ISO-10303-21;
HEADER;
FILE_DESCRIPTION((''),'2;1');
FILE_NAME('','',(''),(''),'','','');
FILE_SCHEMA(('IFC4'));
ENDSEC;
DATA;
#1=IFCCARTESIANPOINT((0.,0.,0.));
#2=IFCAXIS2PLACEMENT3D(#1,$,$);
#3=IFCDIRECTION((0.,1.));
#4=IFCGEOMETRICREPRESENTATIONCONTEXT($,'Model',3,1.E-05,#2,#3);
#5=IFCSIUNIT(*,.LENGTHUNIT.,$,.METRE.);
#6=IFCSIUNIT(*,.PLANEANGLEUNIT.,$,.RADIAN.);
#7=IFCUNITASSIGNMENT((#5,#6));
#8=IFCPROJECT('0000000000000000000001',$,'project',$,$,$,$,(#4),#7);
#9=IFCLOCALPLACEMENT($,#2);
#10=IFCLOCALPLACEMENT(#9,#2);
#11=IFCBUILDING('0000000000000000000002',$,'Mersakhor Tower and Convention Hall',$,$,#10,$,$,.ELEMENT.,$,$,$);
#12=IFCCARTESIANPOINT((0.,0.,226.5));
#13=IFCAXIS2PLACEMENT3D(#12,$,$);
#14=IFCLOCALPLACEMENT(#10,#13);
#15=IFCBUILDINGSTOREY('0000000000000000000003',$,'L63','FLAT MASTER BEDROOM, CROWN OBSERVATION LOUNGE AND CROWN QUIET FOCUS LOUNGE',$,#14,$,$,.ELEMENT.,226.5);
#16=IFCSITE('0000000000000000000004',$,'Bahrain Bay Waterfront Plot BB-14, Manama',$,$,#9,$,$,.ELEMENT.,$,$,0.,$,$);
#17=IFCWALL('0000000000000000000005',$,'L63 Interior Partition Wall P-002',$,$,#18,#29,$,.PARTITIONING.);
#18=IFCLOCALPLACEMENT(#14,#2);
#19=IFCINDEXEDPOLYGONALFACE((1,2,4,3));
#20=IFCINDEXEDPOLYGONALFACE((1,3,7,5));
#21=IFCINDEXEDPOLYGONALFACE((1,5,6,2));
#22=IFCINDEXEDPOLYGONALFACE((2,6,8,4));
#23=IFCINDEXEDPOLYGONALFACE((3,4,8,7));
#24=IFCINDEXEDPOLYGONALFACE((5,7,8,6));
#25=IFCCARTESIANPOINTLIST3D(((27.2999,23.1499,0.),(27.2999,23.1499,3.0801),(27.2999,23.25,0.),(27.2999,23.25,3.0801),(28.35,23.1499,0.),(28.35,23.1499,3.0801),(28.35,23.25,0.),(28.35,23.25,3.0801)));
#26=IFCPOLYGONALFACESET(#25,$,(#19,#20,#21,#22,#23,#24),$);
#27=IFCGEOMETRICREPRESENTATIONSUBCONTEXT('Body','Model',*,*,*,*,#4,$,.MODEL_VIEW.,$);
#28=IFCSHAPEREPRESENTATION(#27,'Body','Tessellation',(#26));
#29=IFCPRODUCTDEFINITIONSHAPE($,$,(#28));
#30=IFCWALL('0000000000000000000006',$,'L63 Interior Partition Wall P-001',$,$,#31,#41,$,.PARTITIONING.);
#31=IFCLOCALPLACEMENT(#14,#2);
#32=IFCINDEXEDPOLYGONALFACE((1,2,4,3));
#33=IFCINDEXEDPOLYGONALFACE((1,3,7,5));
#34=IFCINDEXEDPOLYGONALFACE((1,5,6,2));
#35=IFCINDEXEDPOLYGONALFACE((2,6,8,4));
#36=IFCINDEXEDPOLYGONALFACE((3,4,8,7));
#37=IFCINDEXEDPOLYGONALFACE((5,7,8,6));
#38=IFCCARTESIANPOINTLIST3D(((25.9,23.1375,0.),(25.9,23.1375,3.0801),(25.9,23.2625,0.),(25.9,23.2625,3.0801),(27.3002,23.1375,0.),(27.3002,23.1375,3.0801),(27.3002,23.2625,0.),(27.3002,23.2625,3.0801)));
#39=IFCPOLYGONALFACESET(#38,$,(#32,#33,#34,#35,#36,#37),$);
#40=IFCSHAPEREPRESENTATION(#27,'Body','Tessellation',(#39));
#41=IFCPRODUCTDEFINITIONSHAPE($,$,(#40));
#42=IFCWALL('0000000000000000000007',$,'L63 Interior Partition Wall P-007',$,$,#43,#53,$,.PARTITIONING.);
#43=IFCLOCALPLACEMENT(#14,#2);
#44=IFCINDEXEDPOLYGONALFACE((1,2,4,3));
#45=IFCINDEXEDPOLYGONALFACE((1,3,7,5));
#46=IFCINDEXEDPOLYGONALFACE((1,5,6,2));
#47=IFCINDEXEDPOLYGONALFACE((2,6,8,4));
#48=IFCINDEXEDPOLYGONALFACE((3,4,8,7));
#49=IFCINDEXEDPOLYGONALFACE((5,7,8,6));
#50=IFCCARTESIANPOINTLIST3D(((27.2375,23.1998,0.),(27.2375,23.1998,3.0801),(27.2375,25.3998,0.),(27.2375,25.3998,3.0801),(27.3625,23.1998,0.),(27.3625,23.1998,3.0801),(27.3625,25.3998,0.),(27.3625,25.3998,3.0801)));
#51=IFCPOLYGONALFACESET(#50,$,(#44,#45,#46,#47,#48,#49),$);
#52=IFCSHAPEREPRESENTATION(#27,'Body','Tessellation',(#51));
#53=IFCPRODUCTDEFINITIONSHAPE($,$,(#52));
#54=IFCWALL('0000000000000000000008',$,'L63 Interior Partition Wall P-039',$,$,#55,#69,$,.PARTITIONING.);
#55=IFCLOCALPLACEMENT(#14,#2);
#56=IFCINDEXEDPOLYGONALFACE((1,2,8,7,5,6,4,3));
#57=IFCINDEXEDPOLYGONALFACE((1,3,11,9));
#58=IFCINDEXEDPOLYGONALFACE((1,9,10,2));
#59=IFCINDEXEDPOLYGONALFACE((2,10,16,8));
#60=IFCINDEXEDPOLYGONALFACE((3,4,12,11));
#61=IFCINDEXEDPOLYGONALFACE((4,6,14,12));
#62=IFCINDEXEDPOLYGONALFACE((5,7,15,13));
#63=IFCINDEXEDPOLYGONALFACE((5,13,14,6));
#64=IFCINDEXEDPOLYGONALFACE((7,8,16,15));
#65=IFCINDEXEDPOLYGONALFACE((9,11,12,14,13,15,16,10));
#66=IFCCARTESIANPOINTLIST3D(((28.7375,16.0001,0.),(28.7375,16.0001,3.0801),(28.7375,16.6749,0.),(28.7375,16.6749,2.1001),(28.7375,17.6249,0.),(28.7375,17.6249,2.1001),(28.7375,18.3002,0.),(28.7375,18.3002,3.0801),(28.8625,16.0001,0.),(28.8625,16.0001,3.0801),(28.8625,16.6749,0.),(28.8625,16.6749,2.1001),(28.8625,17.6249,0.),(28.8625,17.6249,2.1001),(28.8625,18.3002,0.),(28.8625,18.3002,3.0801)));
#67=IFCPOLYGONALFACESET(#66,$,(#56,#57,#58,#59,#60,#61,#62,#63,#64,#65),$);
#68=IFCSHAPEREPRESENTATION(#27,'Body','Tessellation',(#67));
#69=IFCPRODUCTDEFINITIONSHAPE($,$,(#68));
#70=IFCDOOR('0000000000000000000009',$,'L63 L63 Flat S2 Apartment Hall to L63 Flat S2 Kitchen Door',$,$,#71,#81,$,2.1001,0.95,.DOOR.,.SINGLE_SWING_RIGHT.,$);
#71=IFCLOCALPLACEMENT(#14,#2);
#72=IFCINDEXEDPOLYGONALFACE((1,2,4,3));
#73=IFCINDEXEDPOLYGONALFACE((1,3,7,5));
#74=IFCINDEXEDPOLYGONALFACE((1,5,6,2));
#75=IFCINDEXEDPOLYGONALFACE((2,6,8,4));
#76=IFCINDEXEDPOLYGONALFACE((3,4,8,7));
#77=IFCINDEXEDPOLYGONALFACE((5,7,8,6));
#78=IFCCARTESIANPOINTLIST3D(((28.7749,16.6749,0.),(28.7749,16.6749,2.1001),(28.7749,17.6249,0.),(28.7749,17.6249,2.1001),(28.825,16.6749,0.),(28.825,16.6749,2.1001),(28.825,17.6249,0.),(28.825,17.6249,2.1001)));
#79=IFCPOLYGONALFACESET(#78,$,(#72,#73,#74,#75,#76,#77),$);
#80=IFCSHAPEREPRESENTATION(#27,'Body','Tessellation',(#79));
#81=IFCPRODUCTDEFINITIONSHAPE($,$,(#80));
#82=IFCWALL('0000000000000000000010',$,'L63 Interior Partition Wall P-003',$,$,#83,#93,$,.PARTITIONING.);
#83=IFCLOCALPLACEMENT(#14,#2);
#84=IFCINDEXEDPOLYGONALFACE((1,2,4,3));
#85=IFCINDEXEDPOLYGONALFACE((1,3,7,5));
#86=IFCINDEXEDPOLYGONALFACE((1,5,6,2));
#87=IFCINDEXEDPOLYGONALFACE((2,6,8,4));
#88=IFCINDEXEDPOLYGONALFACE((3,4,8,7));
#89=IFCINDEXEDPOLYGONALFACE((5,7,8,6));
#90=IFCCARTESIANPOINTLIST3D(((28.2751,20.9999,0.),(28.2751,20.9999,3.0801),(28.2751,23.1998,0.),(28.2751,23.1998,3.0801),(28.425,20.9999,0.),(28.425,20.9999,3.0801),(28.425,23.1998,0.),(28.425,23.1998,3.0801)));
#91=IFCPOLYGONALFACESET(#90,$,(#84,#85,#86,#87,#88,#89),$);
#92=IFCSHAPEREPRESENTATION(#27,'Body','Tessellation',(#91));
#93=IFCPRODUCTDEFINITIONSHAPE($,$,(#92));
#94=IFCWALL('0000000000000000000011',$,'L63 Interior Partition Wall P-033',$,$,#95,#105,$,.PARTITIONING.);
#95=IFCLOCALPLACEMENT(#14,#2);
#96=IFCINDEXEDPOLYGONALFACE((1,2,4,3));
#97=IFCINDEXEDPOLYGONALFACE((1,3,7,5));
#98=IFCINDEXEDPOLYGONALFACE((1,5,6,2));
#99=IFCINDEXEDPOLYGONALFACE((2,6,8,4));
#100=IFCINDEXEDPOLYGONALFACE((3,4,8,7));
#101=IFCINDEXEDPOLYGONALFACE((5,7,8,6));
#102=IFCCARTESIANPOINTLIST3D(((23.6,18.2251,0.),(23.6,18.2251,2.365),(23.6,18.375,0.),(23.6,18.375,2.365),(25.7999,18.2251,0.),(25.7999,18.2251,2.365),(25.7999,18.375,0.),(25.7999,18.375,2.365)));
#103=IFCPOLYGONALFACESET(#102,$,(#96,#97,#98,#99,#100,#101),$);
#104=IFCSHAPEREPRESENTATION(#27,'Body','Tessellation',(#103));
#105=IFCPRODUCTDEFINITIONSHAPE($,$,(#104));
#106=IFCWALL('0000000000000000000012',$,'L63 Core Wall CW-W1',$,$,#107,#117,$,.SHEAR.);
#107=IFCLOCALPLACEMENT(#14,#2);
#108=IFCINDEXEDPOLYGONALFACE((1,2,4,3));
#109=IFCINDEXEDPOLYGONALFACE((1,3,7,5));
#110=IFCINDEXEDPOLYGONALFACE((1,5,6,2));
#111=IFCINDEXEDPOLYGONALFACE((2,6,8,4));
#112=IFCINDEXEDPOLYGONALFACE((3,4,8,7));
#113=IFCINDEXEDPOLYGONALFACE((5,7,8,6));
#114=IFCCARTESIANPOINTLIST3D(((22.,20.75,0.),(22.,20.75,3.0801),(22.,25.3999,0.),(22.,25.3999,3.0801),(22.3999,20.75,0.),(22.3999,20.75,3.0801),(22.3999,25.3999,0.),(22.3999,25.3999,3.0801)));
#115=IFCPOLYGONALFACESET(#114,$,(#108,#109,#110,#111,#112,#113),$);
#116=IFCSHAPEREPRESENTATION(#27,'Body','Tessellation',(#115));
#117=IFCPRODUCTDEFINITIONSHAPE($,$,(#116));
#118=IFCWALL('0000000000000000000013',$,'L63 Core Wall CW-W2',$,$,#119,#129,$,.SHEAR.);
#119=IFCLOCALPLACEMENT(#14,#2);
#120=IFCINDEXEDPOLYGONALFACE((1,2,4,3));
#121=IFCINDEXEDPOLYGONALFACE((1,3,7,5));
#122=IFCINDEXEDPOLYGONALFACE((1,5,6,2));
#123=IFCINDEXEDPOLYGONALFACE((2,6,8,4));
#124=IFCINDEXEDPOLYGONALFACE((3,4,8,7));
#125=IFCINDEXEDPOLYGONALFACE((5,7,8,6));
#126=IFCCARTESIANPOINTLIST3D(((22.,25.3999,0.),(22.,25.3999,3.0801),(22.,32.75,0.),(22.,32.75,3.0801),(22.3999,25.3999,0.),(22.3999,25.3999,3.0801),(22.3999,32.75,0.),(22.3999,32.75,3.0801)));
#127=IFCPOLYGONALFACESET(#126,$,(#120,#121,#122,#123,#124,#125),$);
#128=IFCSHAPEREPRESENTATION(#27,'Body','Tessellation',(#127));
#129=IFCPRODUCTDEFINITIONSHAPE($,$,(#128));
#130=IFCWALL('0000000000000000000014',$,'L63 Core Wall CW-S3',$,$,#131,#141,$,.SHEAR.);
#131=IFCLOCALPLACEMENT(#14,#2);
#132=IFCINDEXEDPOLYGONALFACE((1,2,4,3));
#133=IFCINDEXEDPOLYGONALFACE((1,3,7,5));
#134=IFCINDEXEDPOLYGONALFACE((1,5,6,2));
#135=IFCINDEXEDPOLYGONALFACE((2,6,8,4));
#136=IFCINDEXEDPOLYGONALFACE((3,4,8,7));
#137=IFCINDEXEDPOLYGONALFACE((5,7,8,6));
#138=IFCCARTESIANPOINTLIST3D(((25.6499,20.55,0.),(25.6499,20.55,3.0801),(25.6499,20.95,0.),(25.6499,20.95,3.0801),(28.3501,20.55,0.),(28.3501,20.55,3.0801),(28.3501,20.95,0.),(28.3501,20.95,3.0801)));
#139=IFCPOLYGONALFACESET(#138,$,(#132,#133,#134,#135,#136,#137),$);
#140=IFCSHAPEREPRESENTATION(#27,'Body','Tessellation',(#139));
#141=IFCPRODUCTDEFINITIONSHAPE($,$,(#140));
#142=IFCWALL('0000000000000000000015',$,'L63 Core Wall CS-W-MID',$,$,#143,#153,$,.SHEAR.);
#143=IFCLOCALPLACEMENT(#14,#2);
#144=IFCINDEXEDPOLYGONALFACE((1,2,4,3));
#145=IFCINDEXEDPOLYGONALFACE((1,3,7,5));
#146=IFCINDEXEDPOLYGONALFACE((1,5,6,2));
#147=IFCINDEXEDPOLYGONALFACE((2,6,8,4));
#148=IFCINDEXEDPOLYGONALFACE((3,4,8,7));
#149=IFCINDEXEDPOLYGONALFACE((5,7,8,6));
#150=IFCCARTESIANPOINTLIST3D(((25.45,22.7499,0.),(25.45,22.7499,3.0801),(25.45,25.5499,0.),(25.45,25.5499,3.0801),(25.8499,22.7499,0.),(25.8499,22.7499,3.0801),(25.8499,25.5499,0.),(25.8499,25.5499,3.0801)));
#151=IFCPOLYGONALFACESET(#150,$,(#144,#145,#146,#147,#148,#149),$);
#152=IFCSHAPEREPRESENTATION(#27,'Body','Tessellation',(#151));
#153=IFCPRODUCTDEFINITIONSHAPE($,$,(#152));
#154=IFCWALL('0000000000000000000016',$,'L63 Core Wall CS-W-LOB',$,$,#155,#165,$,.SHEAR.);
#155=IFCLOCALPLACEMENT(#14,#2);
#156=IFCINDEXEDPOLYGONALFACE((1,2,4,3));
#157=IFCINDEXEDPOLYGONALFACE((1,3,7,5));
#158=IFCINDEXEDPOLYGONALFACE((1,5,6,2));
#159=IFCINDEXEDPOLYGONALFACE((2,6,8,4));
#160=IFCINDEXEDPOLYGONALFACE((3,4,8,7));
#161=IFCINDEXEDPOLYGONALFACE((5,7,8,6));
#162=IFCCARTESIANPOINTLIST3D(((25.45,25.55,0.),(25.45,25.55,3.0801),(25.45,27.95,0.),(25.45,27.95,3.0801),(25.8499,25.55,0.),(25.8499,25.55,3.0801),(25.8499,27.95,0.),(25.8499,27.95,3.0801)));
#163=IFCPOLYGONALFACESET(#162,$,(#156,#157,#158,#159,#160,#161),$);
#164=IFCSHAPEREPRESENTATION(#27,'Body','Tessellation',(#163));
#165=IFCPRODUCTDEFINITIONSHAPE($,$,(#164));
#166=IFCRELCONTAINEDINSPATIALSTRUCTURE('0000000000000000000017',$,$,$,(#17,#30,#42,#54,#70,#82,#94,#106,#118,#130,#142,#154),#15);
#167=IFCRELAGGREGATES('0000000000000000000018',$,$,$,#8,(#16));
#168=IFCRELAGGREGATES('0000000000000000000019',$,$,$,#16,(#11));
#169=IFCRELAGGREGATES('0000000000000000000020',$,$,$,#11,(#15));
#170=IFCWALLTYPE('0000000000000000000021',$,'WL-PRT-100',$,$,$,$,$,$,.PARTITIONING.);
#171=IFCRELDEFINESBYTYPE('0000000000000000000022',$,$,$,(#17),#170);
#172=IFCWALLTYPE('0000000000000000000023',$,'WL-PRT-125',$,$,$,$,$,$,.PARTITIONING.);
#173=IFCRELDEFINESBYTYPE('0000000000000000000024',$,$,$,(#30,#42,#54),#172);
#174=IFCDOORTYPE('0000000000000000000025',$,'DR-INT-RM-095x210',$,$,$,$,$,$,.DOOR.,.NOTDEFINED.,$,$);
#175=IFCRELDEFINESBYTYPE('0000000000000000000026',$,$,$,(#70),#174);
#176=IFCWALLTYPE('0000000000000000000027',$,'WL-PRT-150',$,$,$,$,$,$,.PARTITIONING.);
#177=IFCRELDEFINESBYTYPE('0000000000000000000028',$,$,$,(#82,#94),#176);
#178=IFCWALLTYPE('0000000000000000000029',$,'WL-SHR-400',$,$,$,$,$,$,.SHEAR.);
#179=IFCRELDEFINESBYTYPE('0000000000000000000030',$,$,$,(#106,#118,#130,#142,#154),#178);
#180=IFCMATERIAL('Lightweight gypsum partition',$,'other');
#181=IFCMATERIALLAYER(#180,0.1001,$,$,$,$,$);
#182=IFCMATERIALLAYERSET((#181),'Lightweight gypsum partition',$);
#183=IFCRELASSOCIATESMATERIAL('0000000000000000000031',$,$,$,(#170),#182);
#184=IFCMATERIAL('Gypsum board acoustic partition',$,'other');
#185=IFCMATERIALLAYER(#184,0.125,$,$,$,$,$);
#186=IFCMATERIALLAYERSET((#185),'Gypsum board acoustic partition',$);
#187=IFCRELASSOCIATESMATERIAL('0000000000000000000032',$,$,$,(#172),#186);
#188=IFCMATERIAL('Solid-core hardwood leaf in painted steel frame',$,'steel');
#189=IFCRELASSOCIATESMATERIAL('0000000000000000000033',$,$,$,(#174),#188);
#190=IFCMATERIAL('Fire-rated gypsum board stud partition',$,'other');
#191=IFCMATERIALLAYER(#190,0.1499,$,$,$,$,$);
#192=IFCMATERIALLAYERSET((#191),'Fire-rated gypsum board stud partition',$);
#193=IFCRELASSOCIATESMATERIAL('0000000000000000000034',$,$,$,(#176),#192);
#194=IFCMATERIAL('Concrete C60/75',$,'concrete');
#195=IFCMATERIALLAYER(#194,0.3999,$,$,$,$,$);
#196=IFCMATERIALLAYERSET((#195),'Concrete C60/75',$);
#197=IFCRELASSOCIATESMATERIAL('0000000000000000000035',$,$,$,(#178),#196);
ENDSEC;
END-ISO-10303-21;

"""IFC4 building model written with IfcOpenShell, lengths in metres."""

from ifc_helpers import new_model, si_unit, direction, frame, frame_2d, origin, place, context, subcontext, project, spatial, rectangle, extrude, material, layer, layer_set, type_object, element, fill, save


model = new_model("IFC4")

# Units and contexts
model_context = context("Model", 3, precision=1e-05, world=origin(), true_north=direction((0.0, 1.0)))
body_context = subcontext(model_context, "Body", "Model", "MODEL_VIEW")
ifc_project = project(units=[si_unit("LENGTHUNIT", "METRE"), si_unit("PLANEANGLEUNIT", "RADIAN")], contexts=[model_context])

# Site, building, storey
site_placement = place(None, origin())
site = spatial("IfcSite", under=ifc_project, at=site_placement, Name="Bahrain Bay Waterfront Plot BB-14, Manama", CompositionType="ELEMENT", RefElevation=0.0)
building_placement = place(site_placement, origin())
building = spatial("IfcBuilding", under=site, at=building_placement, Name="Mersakhor Tower and Convention Hall", CompositionType="ELEMENT")
storey_placement = place(building_placement, frame((0.0, 0.0, 226.5)))
storey = spatial("IfcBuildingStorey", under=building, at=storey_placement, Name="L63", Description="FLAT MASTER BEDROOM, CROWN OBSERVATION LOUNGE AND CROWN QUIET FOCUS LOUNGE", CompositionType="ELEMENT", Elevation=226.5)

# Walls
ifc_material_1 = material(Name="Lightweight gypsum partition", Category="other")
ifc_layer_1 = layer(ifc_material_1, 0.1001)
ifc_layer_set_1 = layer_set([ifc_layer_1], Name="Lightweight gypsum partition")
wall_type_1 = type_object("IfcWallType", Name="WL-PRT-100", PredefinedType="PARTITIONING", material=ifc_layer_set_1)
wall_1_placement = place(storey_placement, frame((27.3, 23.2, 0.0), z_axis=(0.0, 0.0, 1.0), x_axis=(1.0, 0.0, 0.0)))
element("IfcWall", 1, at=wall_1_placement, inside=storey, type_object=wall_type_1, Name="L63 Interior Partition Wall P-002", PredefinedType="PARTITIONING", context=body_context, shape_type="SweptSolid", body=[
    extrude(rectangle(XDim=1.05, YDim=0.1001, at=frame_2d((0.5249, 0.0))), origin(), (0.0, 0.0, 1.0), 3.0801),
])
ifc_material_2 = material(Name="Gypsum board acoustic partition", Category="other")
ifc_layer_2 = layer(ifc_material_2, 0.125)
ifc_layer_set_2 = layer_set([ifc_layer_2], Name="Gypsum board acoustic partition")
wall_type_2 = type_object("IfcWallType", Name="WL-PRT-125", PredefinedType="PARTITIONING", material=ifc_layer_set_2)
wall_2_placement = place(storey_placement, frame((25.8999, 23.2, 0.0), z_axis=(0.0, 0.0, 1.0), x_axis=(1.0, 0.0, 0.0)))
element("IfcWall", 2, at=wall_2_placement, inside=storey, type_object=wall_type_2, Name="L63 Interior Partition Wall P-001", PredefinedType="PARTITIONING", context=body_context, shape_type="SweptSolid", body=[
    extrude(rectangle(XDim=1.4001, YDim=0.125, at=frame_2d((0.7002, 0.0))), origin(), (0.0, 0.0, 1.0), 3.0801),
])
wall_3_placement = place(storey_placement, frame((27.3, 25.3999, 0.0), z_axis=(0.0, 0.0, 1.0), x_axis=(0.0, -1.0, 0.0)))
element("IfcWall", 3, at=wall_3_placement, inside=storey, type_object=wall_type_2, Name="L63 Interior Partition Wall P-007", PredefinedType="PARTITIONING", context=body_context, shape_type="SweptSolid", body=[
    extrude(rectangle(XDim=2.2, YDim=0.125, at=frame_2d((1.1001, 0.0))), origin(), (0.0, 0.0, 1.0), 3.0801),
])

# Wall, opening, door
wall_4_placement = place(storey_placement, frame((28.8, 18.3, 0.0), z_axis=(0.0, 0.0, 1.0), x_axis=(0.0, -1.0, 0.0)))
wall_4 = element("IfcWall", 4, at=wall_4_placement, inside=storey, type_object=wall_type_2, Name="L63 Interior Partition Wall P-039", PredefinedType="PARTITIONING", context=body_context, shape_type="SweptSolid", body=[
    extrude(rectangle(XDim=2.3, YDim=0.125, at=frame_2d((1.1499, 0.0))), origin(), (0.0, 0.0, 1.0), 3.0801),
])
opening_1_placement = place(wall_4_placement, frame((0.675, 0.0, 0.0)))
opening_1 = element("IfcOpeningElement", 5, at=opening_1_placement, cuts=wall_4, PredefinedType="OPENING", context=body_context, shape_type="SweptSolid", body=[
    extrude(rectangle(XDim=0.95, YDim=2.1001, at=frame_2d((0.4751, 1.05))), frame((0.0, 0.0725, 0.0), z_axis=(0.0, -1.0, 0.0), x_axis=(1.0, 0.0, 0.0)), (0.0, 0.0, 1.0), 0.145),
])
ifc_material_3 = material(Name="Solid-core hardwood leaf in painted steel frame", Category="steel")
door_type_1 = type_object("IfcDoorType", Name="DR-INT-RM-095x210", OperationType="NOTDEFINED", PredefinedType="DOOR", material=ifc_material_3)
door_1_placement = place(opening_1_placement, origin())
door_1 = element("IfcDoor", 6, at=door_1_placement, inside=storey, type_object=door_type_1, Name="L63 L63 Flat S2 Apartment Hall to L63 Flat S2 Kitchen Door", OperationType="SINGLE_SWING_RIGHT", OverallHeight=2.1001, OverallWidth=0.95, PredefinedType="DOOR", context=body_context, shape_type="SweptSolid", body=[
    extrude(rectangle(XDim=0.95, YDim=2.1001, at=frame_2d((0.4751, 1.05))), frame((0.0, 0.0249, 0.0), z_axis=(0.0, -1.0, 0.0), x_axis=(1.0, 0.0, 0.0)), (0.0, 0.0, 1.0), 0.05),
])
fill(opening_1, door_1)

# Wall
ifc_material_4 = material(Name="Fire-rated gypsum board stud partition", Category="other")
ifc_layer_3 = layer(ifc_material_4, 0.1499)
ifc_layer_set_3 = layer_set([ifc_layer_3], Name="Fire-rated gypsum board stud partition")
wall_type_3 = type_object("IfcWallType", Name="WL-PRT-150", PredefinedType="PARTITIONING", material=ifc_layer_set_3)
wall_5_placement = place(storey_placement, frame((28.3501, 23.2, 0.0), z_axis=(0.0, 0.0, 1.0), x_axis=(0.0, -1.0, 0.0)))
element("IfcWall", 7, at=wall_5_placement, inside=storey, type_object=wall_type_3, Name="L63 Interior Partition Wall P-003", PredefinedType="PARTITIONING", context=body_context, shape_type="SweptSolid", body=[
    extrude(rectangle(XDim=2.2, YDim=0.1499, at=frame_2d((1.1001, 0.0))), origin(), (0.0, 0.0, 1.0), 3.0801),
])

# Wall
wall_6_placement = place(storey_placement, frame((25.8, 18.3, 0.0), z_axis=(0.0, 0.0, 1.0), x_axis=(-1.0, 0.0, 0.0)))
element("IfcWall", 8, at=wall_6_placement, inside=storey, type_object=wall_type_3, Name="L63 Interior Partition Wall P-033", PredefinedType="PARTITIONING", context=body_context, shape_type="SweptSolid", body=[
    extrude(rectangle(XDim=2.2, YDim=0.1499, at=frame_2d((1.1001, 0.0))), origin(), (0.0, 0.0, 1.0), 2.365),
])

# Walls
ifc_material_5 = material(Name="Concrete C60/75", Category="concrete")
ifc_layer_4 = layer(ifc_material_5, 0.3999)
ifc_layer_set_4 = layer_set([ifc_layer_4], Name="Concrete C60/75")
wall_type_4 = type_object("IfcWallType", Name="WL-SHR-400", PredefinedType="SHEAR", material=ifc_layer_set_4)
wall_7_placement = place(storey_placement, frame((22.2, 20.75, 0.0), z_axis=(0.0, 0.0, 1.0), x_axis=(0.0, 1.0, 0.0)))
element("IfcWall", 9, at=wall_7_placement, inside=storey, type_object=wall_type_4, Name="L63 Core Wall CW-W1", PredefinedType="SHEAR", context=body_context, shape_type="SweptSolid", body=[
    extrude(rectangle(XDim=4.6499, YDim=0.3999, at=frame_2d((2.325, 0.0))), origin(), (0.0, 0.0, 1.0), 3.0801),
])
wall_8_placement = place(storey_placement, frame((22.2, 25.3999, 0.0), z_axis=(0.0, 0.0, 1.0), x_axis=(0.0, 1.0, 0.0)))
element("IfcWall", 10, at=wall_8_placement, inside=storey, type_object=wall_type_4, Name="L63 Core Wall CW-W2", PredefinedType="SHEAR", context=body_context, shape_type="SweptSolid", body=[
    extrude(rectangle(XDim=7.3501, YDim=0.3999, at=frame_2d((3.675, 0.0))), origin(), (0.0, 0.0, 1.0), 3.0801),
])
wall_9_placement = place(storey_placement, frame((28.3501, 20.75, 0.0), z_axis=(0.0, 0.0, 1.0), x_axis=(-1.0, 0.0, 0.0)))
element("IfcWall", 11, at=wall_9_placement, inside=storey, type_object=wall_type_4, Name="L63 Core Wall CW-S3", PredefinedType="SHEAR", context=body_context, shape_type="SweptSolid", body=[
    extrude(rectangle(XDim=2.7002, YDim=0.3999, at=frame_2d((1.3501, 0.0))), origin(), (0.0, 0.0, 1.0), 3.0801),
])

# Walls
wall_10_placement = place(storey_placement, frame((25.6499, 22.75, 0.0), z_axis=(0.0, 0.0, 1.0), x_axis=(0.0, 1.0, 0.0)))
element("IfcWall", 12, at=wall_10_placement, inside=storey, type_object=wall_type_4, Name="L63 Core Wall CS-W-MID", PredefinedType="SHEAR", context=body_context, shape_type="SweptSolid", body=[
    extrude(rectangle(XDim=2.8, YDim=0.3999, at=frame_2d((1.3999, 0.0))), origin(), (0.0, 0.0, 1.0), 3.0801),
])
wall_11_placement = place(storey_placement, frame((25.6499, 25.55, 0.0), z_axis=(0.0, 0.0, 1.0), x_axis=(0.0, 1.0, 0.0)))
element("IfcWall", 13, at=wall_11_placement, inside=storey, type_object=wall_type_4, Name="L63 Core Wall CS-W-LOB", PredefinedType="SHEAR", context=body_context, shape_type="SweptSolid", body=[
    extrude(rectangle(XDim=2.3999, YDim=0.3999, at=frame_2d((1.2, 0.0))), origin(), (0.0, 0.0, 1.0), 3.0801),
])

save(model, "model.ifc")
